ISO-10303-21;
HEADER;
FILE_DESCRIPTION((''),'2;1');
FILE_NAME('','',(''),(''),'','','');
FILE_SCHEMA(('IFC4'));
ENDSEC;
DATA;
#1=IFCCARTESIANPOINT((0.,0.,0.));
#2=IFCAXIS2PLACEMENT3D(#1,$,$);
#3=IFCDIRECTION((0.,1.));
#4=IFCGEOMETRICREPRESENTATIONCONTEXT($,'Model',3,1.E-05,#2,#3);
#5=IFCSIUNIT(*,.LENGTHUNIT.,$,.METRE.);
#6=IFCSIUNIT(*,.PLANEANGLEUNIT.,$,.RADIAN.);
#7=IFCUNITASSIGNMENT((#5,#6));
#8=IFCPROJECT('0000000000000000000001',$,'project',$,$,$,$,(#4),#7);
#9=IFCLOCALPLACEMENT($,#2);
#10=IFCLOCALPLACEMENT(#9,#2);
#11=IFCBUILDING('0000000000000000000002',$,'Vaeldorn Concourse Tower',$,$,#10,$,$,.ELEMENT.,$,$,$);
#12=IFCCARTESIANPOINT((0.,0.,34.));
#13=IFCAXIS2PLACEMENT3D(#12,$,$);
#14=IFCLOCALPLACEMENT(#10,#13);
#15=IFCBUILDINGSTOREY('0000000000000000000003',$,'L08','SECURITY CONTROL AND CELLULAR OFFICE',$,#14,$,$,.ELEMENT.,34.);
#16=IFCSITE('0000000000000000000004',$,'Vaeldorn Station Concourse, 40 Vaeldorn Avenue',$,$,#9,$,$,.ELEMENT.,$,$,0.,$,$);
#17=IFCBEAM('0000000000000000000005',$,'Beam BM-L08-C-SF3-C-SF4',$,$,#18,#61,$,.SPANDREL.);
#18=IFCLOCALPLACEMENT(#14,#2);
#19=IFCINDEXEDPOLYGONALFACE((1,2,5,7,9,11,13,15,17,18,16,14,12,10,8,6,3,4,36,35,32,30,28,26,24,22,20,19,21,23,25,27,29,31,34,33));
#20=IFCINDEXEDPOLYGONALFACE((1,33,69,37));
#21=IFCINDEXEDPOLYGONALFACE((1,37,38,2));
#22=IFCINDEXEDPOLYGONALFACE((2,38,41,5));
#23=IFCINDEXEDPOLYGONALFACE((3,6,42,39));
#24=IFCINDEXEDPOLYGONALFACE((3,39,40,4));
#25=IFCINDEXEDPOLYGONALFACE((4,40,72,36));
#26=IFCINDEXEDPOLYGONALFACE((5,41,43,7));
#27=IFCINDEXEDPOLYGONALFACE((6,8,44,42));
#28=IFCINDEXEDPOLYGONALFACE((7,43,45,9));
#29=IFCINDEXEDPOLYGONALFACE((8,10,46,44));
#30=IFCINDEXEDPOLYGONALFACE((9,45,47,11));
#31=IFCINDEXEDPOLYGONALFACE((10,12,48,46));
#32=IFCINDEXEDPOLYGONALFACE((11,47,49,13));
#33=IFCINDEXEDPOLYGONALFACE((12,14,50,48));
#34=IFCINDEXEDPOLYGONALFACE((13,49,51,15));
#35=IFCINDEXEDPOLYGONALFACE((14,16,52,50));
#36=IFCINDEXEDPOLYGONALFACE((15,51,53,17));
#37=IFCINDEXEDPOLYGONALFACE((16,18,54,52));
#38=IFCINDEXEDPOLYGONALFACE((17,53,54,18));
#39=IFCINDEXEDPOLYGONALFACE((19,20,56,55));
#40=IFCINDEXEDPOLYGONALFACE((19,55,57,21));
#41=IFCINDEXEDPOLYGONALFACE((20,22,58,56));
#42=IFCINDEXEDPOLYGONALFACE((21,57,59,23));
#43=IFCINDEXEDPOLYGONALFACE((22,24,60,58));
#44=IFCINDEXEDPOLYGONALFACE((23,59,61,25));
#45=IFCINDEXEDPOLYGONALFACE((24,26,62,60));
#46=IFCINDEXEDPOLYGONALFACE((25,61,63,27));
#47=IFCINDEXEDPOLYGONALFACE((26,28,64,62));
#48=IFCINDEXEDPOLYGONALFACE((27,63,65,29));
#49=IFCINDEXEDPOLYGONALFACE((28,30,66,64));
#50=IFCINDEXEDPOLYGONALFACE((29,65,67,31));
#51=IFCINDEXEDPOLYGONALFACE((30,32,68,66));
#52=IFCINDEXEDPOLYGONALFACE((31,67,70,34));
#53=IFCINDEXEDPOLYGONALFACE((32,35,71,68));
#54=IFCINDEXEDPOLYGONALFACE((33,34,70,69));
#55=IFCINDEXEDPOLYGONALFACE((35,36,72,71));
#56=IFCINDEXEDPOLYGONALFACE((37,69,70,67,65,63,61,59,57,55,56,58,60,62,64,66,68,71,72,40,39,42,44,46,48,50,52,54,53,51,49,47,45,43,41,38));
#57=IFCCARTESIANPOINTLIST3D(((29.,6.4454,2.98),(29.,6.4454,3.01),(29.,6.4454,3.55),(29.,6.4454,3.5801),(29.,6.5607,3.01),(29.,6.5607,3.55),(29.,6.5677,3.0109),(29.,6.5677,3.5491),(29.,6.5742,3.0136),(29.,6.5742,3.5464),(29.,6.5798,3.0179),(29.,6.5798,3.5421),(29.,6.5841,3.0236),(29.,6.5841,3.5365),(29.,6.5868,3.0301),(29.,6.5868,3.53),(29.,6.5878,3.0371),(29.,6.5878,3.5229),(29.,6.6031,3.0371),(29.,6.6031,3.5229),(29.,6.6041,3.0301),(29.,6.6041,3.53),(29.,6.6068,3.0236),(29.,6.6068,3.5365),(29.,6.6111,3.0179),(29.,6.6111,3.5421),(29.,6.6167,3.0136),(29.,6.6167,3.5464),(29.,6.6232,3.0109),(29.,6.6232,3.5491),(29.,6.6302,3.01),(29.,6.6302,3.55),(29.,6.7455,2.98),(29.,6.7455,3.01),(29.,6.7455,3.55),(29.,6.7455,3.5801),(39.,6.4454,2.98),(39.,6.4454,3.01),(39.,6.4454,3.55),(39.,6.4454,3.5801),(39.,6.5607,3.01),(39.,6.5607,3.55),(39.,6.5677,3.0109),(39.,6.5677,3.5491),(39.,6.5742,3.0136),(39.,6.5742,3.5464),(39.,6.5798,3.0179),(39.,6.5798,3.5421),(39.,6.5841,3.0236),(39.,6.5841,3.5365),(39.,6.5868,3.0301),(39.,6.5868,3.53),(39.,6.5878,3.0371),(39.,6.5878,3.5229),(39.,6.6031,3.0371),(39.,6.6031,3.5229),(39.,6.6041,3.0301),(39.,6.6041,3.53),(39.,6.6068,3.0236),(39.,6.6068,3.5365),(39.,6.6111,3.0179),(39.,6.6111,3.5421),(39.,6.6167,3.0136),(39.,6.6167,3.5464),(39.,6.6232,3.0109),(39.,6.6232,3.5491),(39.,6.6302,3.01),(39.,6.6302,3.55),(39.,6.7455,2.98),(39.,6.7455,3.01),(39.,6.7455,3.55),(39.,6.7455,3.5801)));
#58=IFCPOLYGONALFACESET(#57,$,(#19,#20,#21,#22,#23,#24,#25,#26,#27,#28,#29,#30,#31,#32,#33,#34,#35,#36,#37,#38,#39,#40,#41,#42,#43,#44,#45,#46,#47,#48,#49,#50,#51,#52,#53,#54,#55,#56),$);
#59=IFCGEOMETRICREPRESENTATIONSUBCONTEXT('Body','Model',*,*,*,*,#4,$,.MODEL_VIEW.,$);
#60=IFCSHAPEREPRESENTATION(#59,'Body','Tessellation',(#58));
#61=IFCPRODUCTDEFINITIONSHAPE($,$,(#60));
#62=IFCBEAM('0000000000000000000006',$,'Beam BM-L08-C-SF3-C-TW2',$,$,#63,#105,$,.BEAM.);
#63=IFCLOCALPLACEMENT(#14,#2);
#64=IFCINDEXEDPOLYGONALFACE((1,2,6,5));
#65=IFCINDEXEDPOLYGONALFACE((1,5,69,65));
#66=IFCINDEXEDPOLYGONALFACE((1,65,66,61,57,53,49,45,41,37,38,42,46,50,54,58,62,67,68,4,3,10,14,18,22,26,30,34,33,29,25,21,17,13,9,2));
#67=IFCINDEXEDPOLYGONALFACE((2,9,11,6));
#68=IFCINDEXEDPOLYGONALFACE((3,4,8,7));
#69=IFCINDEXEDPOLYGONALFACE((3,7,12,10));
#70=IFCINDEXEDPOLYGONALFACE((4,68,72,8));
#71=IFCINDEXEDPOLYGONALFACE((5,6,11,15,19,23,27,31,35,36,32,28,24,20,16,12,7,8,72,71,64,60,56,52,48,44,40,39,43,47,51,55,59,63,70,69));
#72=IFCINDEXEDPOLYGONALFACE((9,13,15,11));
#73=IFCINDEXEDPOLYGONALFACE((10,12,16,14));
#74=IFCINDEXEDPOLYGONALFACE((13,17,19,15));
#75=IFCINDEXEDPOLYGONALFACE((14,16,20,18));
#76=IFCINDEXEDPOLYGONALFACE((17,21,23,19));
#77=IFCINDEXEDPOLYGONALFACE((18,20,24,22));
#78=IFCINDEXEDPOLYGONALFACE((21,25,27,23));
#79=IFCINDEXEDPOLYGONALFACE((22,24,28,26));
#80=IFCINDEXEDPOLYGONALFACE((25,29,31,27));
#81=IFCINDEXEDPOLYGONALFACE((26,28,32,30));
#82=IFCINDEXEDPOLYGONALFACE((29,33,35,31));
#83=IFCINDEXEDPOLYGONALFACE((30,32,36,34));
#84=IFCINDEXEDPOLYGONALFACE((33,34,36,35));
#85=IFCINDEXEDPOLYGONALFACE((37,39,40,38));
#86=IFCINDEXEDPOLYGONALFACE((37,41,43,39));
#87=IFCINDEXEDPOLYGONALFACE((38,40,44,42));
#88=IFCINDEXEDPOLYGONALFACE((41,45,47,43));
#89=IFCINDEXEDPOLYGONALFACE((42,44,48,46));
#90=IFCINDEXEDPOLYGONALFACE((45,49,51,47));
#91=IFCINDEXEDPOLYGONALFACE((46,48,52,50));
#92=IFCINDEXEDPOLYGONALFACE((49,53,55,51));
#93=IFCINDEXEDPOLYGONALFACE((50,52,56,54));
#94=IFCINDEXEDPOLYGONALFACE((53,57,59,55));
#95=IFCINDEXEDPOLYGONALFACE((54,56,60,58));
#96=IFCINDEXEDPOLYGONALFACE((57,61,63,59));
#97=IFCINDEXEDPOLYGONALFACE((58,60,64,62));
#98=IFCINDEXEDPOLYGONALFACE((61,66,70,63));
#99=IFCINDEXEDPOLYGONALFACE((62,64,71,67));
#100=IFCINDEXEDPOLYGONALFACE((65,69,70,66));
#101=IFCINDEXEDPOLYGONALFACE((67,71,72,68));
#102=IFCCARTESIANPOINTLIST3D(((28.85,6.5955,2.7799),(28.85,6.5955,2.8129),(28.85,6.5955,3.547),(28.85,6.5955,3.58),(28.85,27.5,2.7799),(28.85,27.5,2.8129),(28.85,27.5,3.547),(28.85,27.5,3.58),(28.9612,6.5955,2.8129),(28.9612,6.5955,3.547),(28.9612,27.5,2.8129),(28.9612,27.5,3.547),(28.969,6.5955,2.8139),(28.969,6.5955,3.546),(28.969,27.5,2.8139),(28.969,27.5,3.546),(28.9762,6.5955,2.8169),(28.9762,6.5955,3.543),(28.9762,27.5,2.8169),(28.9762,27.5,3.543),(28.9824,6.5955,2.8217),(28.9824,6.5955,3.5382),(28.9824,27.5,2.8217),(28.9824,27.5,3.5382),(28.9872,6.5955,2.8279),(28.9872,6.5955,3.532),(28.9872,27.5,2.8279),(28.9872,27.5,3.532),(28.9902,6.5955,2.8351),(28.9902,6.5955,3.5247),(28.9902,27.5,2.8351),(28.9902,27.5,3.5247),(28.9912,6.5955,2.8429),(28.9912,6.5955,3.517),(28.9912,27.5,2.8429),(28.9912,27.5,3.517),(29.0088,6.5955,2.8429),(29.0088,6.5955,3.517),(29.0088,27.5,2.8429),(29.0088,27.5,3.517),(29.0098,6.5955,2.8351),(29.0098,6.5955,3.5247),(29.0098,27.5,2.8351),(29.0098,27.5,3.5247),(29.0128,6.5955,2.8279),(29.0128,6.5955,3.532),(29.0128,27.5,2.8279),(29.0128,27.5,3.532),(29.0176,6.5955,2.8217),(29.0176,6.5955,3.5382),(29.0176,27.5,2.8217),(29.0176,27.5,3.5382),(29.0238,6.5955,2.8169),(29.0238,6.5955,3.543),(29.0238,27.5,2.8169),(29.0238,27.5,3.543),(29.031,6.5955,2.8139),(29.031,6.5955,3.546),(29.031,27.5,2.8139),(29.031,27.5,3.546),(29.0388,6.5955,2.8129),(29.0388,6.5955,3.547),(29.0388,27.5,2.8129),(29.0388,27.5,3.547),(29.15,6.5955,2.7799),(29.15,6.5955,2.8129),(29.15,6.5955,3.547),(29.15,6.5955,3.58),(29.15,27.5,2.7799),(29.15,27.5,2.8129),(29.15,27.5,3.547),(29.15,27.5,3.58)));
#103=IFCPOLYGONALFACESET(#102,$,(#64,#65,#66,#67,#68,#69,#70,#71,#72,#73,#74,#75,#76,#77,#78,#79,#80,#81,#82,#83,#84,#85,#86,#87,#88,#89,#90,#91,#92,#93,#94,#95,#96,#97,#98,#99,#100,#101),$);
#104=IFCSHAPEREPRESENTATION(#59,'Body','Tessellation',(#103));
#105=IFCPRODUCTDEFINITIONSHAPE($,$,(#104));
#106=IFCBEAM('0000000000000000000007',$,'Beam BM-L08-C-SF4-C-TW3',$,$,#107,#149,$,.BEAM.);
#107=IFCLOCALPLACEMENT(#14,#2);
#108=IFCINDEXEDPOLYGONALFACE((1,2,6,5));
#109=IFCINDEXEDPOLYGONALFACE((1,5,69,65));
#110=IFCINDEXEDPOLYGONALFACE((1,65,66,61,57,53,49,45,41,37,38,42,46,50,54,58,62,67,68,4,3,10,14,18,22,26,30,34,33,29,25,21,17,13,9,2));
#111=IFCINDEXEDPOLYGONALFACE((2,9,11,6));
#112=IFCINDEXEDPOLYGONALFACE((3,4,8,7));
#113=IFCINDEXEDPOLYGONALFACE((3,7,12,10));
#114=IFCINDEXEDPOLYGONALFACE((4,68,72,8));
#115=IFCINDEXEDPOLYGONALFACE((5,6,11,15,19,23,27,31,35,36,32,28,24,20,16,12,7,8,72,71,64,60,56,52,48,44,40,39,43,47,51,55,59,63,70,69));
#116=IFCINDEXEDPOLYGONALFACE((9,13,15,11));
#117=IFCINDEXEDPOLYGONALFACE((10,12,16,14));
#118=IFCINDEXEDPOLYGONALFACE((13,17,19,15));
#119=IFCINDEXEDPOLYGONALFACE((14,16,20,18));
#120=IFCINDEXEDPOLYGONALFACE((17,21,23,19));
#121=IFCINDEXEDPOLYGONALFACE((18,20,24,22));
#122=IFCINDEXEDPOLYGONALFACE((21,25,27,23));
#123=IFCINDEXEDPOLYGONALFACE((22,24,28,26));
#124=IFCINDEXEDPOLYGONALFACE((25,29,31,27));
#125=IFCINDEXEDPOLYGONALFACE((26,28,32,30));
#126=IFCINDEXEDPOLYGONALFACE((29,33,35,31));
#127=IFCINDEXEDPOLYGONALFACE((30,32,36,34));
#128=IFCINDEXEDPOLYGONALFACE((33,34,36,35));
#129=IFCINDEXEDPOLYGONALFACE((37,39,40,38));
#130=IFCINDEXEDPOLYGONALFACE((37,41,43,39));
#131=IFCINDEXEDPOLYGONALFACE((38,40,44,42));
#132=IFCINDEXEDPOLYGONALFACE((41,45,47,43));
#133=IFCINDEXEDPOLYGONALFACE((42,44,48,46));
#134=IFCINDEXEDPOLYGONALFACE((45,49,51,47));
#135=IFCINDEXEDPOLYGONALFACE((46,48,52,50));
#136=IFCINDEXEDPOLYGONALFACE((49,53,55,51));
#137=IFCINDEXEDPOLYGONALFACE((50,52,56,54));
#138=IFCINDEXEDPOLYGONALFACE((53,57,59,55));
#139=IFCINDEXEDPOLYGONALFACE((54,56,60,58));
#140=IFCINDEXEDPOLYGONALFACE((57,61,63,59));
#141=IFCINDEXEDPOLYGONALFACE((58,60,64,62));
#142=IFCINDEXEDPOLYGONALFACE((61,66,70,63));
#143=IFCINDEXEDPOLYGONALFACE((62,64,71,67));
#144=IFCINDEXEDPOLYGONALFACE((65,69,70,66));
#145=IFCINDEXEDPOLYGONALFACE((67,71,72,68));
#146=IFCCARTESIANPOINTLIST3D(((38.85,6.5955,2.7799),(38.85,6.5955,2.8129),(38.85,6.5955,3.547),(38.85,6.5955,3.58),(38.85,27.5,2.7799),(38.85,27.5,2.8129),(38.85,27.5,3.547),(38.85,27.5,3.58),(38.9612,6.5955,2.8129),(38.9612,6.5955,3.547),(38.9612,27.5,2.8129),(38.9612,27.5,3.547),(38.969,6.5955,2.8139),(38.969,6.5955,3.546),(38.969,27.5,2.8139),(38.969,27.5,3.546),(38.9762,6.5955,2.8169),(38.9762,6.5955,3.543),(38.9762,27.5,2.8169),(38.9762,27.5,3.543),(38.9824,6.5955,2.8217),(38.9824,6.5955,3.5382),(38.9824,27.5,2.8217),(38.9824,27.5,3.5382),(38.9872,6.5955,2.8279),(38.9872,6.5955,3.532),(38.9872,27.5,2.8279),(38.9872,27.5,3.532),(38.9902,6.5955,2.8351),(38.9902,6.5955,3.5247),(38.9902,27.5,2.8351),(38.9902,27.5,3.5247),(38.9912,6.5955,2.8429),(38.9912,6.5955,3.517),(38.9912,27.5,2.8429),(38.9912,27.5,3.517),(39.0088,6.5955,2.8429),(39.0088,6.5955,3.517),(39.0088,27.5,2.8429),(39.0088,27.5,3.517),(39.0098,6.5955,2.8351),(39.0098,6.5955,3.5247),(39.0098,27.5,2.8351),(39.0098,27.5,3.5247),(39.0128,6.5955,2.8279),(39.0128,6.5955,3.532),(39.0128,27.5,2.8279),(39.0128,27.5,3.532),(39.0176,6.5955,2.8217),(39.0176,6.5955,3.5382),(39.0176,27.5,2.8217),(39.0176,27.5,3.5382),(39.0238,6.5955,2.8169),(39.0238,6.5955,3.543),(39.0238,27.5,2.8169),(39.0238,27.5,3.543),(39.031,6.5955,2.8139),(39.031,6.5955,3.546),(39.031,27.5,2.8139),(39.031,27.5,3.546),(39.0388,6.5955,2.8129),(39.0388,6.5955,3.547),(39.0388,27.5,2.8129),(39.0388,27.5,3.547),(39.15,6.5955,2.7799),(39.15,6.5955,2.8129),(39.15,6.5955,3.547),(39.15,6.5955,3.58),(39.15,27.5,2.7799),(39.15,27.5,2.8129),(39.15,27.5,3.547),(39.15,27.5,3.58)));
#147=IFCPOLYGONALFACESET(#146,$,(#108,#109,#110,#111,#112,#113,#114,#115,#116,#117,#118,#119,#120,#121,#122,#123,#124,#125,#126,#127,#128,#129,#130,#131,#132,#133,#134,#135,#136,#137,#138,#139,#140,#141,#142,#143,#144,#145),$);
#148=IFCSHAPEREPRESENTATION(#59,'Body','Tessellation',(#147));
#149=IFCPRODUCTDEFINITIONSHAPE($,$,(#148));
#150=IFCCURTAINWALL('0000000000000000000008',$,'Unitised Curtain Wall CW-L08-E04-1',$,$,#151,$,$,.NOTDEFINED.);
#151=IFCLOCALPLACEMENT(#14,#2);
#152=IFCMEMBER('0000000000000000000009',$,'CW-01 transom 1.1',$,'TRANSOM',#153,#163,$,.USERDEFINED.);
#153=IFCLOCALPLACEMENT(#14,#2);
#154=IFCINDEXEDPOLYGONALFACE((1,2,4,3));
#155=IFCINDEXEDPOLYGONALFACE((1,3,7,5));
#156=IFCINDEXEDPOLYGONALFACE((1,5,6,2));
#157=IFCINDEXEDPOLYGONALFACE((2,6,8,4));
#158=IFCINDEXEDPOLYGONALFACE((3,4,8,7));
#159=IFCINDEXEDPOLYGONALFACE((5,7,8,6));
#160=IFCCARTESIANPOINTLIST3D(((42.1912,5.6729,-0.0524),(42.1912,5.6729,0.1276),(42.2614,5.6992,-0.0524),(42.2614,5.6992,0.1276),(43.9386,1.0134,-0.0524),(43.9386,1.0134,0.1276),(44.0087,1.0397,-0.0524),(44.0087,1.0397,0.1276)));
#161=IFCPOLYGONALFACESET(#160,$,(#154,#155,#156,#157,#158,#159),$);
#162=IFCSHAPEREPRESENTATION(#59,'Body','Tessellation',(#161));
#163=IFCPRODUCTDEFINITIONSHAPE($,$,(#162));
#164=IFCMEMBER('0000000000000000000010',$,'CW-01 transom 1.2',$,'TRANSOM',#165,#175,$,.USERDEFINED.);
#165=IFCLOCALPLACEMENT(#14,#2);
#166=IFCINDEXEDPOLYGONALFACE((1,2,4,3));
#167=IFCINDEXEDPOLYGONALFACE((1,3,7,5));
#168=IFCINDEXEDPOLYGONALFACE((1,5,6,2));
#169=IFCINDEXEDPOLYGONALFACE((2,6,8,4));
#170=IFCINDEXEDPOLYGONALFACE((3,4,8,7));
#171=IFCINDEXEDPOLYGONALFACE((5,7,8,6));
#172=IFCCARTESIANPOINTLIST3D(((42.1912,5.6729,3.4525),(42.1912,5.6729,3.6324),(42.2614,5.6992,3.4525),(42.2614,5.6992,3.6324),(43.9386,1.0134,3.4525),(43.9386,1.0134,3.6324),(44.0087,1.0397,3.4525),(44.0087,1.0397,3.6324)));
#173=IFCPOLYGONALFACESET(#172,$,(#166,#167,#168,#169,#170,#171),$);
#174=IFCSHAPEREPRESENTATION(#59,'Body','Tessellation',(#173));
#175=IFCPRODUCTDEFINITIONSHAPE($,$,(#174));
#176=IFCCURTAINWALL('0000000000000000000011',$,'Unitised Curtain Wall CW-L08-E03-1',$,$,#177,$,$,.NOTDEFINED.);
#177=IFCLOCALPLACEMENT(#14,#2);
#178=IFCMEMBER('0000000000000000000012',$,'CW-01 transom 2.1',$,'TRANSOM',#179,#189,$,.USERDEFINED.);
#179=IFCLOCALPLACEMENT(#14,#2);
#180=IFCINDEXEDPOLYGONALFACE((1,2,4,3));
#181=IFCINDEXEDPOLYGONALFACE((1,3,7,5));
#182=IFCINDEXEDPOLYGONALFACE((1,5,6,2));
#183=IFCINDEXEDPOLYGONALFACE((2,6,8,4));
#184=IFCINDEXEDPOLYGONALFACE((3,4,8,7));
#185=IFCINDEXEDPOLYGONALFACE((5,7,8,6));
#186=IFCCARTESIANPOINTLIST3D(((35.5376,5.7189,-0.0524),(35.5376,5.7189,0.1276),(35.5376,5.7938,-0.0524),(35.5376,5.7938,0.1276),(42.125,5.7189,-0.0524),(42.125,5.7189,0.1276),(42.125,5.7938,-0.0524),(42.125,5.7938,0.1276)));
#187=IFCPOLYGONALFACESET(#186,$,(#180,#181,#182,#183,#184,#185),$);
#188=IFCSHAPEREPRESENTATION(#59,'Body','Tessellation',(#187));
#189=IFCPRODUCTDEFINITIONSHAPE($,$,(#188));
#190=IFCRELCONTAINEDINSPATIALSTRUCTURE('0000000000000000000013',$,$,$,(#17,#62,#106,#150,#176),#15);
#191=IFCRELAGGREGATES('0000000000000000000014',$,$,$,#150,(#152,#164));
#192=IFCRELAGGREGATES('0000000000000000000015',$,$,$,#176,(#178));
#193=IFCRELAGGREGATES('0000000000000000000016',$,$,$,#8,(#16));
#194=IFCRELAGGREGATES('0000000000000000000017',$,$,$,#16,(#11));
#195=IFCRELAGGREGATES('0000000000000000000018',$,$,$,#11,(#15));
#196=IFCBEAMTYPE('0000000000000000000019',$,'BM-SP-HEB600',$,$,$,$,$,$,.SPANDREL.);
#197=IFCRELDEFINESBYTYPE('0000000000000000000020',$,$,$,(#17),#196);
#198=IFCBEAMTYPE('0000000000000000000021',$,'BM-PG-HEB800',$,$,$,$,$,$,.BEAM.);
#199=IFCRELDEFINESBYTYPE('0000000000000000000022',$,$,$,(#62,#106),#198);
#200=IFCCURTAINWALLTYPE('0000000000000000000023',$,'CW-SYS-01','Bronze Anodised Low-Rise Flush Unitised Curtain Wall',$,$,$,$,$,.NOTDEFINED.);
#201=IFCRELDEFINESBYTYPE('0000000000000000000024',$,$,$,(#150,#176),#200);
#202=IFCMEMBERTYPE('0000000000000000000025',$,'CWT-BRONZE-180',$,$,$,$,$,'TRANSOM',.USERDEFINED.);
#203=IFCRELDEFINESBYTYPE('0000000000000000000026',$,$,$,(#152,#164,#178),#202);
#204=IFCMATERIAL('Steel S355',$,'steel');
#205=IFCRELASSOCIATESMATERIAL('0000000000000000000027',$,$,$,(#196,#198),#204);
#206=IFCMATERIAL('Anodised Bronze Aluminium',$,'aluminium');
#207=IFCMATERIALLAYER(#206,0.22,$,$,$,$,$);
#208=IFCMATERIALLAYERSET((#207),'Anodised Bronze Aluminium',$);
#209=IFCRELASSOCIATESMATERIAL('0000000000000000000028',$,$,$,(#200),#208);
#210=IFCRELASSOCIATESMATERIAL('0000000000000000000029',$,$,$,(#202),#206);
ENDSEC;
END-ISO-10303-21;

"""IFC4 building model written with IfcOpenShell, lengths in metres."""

from ifc_helpers import new_model, si_unit, direction, frame, origin, origin_2d, place, context, subcontext, project, spatial, rectangle, i_section, extrude, source, transform, mapped, material, layer, layer_set, material_profile, profile_set, type_object, element, aggregate, save


model = new_model("IFC4")

# Units and contexts
model_context = context("Model", 3, precision=1e-05, world=origin(), true_north=direction((0.0, 1.0)))
body_context = subcontext(model_context, "Body", "Model", "MODEL_VIEW")
ifc_project = project(units=[si_unit("LENGTHUNIT", "METRE"), si_unit("PLANEANGLEUNIT", "RADIAN")], contexts=[model_context])

# Site, building, storey
site_placement = place(None, origin())
site = spatial("IfcSite", under=ifc_project, at=site_placement, Name="Vaeldorn Station Concourse, 40 Vaeldorn Avenue", CompositionType="ELEMENT", RefElevation=0.0)
building_placement = place(site_placement, origin())
building = spatial("IfcBuilding", under=site, at=building_placement, Name="Vaeldorn Concourse Tower", CompositionType="ELEMENT")
storey_placement = place(building_placement, frame((0.0, 0.0, 34.0)))
storey = spatial("IfcBuildingStorey", under=building, at=storey_placement, Name="L08", Description="SECURITY CONTROL AND CELLULAR OFFICE", CompositionType="ELEMENT", Elevation=34.0)

# Beams
ifc_material_1 = material(Name="Steel S355", Category="steel")
ifc_material_profile_1 = material_profile(ifc_material_1, i_section(OverallWidth=0.3, OverallDepth=0.6001, WebThickness=0.0154, FlangeThickness=0.03, FilletRadius=0.0271, at=origin_2d()), Name="HEB 600")
ifc_profile_set_1 = profile_set([ifc_material_profile_1], Name="Steel S355")
beam_type_1 = type_object("IfcBeamType", Name="BM-SP-HEB600", PredefinedType="SPANDREL", material=ifc_profile_set_1)
shared_shape_1 = source(origin(), body_context, "Body", "SweptSolid", [
    extrude(i_section(OverallWidth=0.3, OverallDepth=0.6001, WebThickness=0.0154, FlangeThickness=0.03, FilletRadius=0.0271, at=origin_2d()), origin(), (0.0, 0.0, 1.0), 10.0),
])
beam_1_placement = place(storey_placement, frame((29.0, 6.5955, 3.28), z_axis=(1.0, 0.0, 0.0), x_axis=(0.0, 1.0, 0.0)))
element("IfcBeam", 1, at=beam_1_placement, inside=storey, type_object=beam_type_1, Name="Beam BM-L08-C-SF3-C-SF4", PredefinedType="SPANDREL", context=body_context, shape_type="MappedRepresentation", body=[
    mapped(shared_shape_1, transform((0.0, 0.0, 0.0), scale=1.0)),
])
ifc_material_profile_2 = material_profile(ifc_material_1, i_section(OverallWidth=0.3, OverallDepth=0.8, WebThickness=0.0176, FlangeThickness=0.033, FilletRadius=0.03, at=origin_2d()), Name="HEB 800")
ifc_profile_set_2 = profile_set([ifc_material_profile_2], Name="Steel S355")
beam_type_2 = type_object("IfcBeamType", Name="BM-PG-HEB800", PredefinedType="BEAM", material=ifc_profile_set_2)
shared_shape_2 = source(origin(), body_context, "Body", "SweptSolid", [
    extrude(i_section(OverallWidth=0.3, OverallDepth=0.8, WebThickness=0.0176, FlangeThickness=0.033, FilletRadius=0.03, at=origin_2d()), origin(), (0.0, 0.0, 1.0), 20.9045),
])
for number, where, z_axis, x_axis, name in (
    (2, (29.0, 6.5955, 3.1799), (0.0, 1.0, 0.0), (-1.0, 0.0, 0.0), "Beam BM-L08-C-SF3-C-TW2"),
    (3, (39.0, 6.5955, 3.1799), (0.0, 1.0, 0.0), (-1.0, 0.0, 0.0), "Beam BM-L08-C-SF4-C-TW3"),
):
    element("IfcBeam", number, at=place(storey_placement, frame(where, z_axis=z_axis, x_axis=x_axis)), inside=storey, type_object=beam_type_2, Name=name, PredefinedType="BEAM", context=body_context, shape_type="MappedRepresentation", body=[
        mapped(shared_shape_2, transform((0.0, 0.0, 0.0), scale=1.0)),
    ])

# Curtain walls, members
ifc_material_2 = material(Name="Anodised Bronze Aluminium", Category="aluminium")
ifc_layer_1 = layer(ifc_material_2, 0.22)
ifc_layer_set_1 = layer_set([ifc_layer_1], Name="Anodised Bronze Aluminium")
curtain_wall_type = type_object("IfcCurtainWallType", Name="CW-SYS-01", Description="Bronze Anodised Low-Rise Flush Unitised Curtain Wall", PredefinedType="NOTDEFINED", material=ifc_layer_set_1)
curtain_wall_1_placement = place(storey_placement, origin())
curtain_wall_1 = element("IfcCurtainWall", 4, at=curtain_wall_1_placement, inside=storey, type_object=curtain_wall_type, Name="Unitised Curtain Wall CW-L08-E04-1", PredefinedType="NOTDEFINED")
ifc_material_profile_3 = material_profile(ifc_material_2, rectangle(XDim=0.075, YDim=0.1799, at=origin_2d()), Name="CWT 75x180")
ifc_profile_set_3 = profile_set([ifc_material_profile_3], Name="Anodised Bronze Aluminium")
member_type_1 = type_object("IfcMemberType", Name="CWT-BRONZE-180", ElementType="TRANSOM", PredefinedType="USERDEFINED", material=ifc_profile_set_3)
shared_shape_3 = source(origin(), body_context, "Body", "SweptSolid", [
    extrude(rectangle(XDim=0.075, YDim=0.1799, at=origin_2d()), origin(), (0.0, 0.0, 1.0), 4.9763),
])
member_1_placement = place(storey_placement, frame((42.2263, 5.686, 0.0376), z_axis=(0.351129, -0.936327, 0.0), x_axis=(0.936327, 0.351129, 0.0)))
member_1 = element("IfcMember", 5, at=member_1_placement, type_object=member_type_1, Name="CW-01 transom 1.1", ObjectType="TRANSOM", PredefinedType="USERDEFINED", context=body_context, shape_type="MappedRepresentation", body=[
    mapped(shared_shape_3, transform((0.0, 0.0, 0.0), scale=1.0)),
])
member_2_placement = place(storey_placement, frame((42.2263, 5.686, 3.5425), z_axis=(0.351129, -0.936327, 0.0), x_axis=(0.936327, 0.351129, 0.0)))
member_2 = element("IfcMember", 6, at=member_2_placement, type_object=member_type_1, Name="CW-01 transom 1.2", ObjectType="TRANSOM", PredefinedType="USERDEFINED", context=body_context, shape_type="MappedRepresentation", body=[
    mapped(shared_shape_3, transform((0.0, 0.0, 0.0), scale=1.0)),
])
curtain_wall_2_placement = place(storey_placement, origin())
curtain_wall_2 = element("IfcCurtainWall", 7, at=curtain_wall_2_placement, inside=storey, type_object=curtain_wall_type, Name="Unitised Curtain Wall CW-L08-E03-1", PredefinedType="NOTDEFINED")
shared_shape_4 = source(origin(), body_context, "Body", "SweptSolid", [
    extrude(rectangle(XDim=0.075, YDim=0.1799, at=origin_2d()), origin(), (0.0, 0.0, 1.0), 6.5874),
])
member_3_placement = place(storey_placement, frame((35.5376, 5.7563, 0.0376), z_axis=(1.0, 0.0, 0.0), x_axis=(0.0, 1.0, 0.0)))
member_3 = element("IfcMember", 8, at=member_3_placement, type_object=member_type_1, Name="CW-01 transom 2.1", ObjectType="TRANSOM", PredefinedType="USERDEFINED", context=body_context, shape_type="MappedRepresentation", body=[
    mapped(shared_shape_4, transform((0.0, 0.0, 0.0), scale=1.0)),
])

aggregate(curtain_wall_1, [member_1, member_2])
aggregate(curtain_wall_2, [member_3])

save(model, "model.ifc")
